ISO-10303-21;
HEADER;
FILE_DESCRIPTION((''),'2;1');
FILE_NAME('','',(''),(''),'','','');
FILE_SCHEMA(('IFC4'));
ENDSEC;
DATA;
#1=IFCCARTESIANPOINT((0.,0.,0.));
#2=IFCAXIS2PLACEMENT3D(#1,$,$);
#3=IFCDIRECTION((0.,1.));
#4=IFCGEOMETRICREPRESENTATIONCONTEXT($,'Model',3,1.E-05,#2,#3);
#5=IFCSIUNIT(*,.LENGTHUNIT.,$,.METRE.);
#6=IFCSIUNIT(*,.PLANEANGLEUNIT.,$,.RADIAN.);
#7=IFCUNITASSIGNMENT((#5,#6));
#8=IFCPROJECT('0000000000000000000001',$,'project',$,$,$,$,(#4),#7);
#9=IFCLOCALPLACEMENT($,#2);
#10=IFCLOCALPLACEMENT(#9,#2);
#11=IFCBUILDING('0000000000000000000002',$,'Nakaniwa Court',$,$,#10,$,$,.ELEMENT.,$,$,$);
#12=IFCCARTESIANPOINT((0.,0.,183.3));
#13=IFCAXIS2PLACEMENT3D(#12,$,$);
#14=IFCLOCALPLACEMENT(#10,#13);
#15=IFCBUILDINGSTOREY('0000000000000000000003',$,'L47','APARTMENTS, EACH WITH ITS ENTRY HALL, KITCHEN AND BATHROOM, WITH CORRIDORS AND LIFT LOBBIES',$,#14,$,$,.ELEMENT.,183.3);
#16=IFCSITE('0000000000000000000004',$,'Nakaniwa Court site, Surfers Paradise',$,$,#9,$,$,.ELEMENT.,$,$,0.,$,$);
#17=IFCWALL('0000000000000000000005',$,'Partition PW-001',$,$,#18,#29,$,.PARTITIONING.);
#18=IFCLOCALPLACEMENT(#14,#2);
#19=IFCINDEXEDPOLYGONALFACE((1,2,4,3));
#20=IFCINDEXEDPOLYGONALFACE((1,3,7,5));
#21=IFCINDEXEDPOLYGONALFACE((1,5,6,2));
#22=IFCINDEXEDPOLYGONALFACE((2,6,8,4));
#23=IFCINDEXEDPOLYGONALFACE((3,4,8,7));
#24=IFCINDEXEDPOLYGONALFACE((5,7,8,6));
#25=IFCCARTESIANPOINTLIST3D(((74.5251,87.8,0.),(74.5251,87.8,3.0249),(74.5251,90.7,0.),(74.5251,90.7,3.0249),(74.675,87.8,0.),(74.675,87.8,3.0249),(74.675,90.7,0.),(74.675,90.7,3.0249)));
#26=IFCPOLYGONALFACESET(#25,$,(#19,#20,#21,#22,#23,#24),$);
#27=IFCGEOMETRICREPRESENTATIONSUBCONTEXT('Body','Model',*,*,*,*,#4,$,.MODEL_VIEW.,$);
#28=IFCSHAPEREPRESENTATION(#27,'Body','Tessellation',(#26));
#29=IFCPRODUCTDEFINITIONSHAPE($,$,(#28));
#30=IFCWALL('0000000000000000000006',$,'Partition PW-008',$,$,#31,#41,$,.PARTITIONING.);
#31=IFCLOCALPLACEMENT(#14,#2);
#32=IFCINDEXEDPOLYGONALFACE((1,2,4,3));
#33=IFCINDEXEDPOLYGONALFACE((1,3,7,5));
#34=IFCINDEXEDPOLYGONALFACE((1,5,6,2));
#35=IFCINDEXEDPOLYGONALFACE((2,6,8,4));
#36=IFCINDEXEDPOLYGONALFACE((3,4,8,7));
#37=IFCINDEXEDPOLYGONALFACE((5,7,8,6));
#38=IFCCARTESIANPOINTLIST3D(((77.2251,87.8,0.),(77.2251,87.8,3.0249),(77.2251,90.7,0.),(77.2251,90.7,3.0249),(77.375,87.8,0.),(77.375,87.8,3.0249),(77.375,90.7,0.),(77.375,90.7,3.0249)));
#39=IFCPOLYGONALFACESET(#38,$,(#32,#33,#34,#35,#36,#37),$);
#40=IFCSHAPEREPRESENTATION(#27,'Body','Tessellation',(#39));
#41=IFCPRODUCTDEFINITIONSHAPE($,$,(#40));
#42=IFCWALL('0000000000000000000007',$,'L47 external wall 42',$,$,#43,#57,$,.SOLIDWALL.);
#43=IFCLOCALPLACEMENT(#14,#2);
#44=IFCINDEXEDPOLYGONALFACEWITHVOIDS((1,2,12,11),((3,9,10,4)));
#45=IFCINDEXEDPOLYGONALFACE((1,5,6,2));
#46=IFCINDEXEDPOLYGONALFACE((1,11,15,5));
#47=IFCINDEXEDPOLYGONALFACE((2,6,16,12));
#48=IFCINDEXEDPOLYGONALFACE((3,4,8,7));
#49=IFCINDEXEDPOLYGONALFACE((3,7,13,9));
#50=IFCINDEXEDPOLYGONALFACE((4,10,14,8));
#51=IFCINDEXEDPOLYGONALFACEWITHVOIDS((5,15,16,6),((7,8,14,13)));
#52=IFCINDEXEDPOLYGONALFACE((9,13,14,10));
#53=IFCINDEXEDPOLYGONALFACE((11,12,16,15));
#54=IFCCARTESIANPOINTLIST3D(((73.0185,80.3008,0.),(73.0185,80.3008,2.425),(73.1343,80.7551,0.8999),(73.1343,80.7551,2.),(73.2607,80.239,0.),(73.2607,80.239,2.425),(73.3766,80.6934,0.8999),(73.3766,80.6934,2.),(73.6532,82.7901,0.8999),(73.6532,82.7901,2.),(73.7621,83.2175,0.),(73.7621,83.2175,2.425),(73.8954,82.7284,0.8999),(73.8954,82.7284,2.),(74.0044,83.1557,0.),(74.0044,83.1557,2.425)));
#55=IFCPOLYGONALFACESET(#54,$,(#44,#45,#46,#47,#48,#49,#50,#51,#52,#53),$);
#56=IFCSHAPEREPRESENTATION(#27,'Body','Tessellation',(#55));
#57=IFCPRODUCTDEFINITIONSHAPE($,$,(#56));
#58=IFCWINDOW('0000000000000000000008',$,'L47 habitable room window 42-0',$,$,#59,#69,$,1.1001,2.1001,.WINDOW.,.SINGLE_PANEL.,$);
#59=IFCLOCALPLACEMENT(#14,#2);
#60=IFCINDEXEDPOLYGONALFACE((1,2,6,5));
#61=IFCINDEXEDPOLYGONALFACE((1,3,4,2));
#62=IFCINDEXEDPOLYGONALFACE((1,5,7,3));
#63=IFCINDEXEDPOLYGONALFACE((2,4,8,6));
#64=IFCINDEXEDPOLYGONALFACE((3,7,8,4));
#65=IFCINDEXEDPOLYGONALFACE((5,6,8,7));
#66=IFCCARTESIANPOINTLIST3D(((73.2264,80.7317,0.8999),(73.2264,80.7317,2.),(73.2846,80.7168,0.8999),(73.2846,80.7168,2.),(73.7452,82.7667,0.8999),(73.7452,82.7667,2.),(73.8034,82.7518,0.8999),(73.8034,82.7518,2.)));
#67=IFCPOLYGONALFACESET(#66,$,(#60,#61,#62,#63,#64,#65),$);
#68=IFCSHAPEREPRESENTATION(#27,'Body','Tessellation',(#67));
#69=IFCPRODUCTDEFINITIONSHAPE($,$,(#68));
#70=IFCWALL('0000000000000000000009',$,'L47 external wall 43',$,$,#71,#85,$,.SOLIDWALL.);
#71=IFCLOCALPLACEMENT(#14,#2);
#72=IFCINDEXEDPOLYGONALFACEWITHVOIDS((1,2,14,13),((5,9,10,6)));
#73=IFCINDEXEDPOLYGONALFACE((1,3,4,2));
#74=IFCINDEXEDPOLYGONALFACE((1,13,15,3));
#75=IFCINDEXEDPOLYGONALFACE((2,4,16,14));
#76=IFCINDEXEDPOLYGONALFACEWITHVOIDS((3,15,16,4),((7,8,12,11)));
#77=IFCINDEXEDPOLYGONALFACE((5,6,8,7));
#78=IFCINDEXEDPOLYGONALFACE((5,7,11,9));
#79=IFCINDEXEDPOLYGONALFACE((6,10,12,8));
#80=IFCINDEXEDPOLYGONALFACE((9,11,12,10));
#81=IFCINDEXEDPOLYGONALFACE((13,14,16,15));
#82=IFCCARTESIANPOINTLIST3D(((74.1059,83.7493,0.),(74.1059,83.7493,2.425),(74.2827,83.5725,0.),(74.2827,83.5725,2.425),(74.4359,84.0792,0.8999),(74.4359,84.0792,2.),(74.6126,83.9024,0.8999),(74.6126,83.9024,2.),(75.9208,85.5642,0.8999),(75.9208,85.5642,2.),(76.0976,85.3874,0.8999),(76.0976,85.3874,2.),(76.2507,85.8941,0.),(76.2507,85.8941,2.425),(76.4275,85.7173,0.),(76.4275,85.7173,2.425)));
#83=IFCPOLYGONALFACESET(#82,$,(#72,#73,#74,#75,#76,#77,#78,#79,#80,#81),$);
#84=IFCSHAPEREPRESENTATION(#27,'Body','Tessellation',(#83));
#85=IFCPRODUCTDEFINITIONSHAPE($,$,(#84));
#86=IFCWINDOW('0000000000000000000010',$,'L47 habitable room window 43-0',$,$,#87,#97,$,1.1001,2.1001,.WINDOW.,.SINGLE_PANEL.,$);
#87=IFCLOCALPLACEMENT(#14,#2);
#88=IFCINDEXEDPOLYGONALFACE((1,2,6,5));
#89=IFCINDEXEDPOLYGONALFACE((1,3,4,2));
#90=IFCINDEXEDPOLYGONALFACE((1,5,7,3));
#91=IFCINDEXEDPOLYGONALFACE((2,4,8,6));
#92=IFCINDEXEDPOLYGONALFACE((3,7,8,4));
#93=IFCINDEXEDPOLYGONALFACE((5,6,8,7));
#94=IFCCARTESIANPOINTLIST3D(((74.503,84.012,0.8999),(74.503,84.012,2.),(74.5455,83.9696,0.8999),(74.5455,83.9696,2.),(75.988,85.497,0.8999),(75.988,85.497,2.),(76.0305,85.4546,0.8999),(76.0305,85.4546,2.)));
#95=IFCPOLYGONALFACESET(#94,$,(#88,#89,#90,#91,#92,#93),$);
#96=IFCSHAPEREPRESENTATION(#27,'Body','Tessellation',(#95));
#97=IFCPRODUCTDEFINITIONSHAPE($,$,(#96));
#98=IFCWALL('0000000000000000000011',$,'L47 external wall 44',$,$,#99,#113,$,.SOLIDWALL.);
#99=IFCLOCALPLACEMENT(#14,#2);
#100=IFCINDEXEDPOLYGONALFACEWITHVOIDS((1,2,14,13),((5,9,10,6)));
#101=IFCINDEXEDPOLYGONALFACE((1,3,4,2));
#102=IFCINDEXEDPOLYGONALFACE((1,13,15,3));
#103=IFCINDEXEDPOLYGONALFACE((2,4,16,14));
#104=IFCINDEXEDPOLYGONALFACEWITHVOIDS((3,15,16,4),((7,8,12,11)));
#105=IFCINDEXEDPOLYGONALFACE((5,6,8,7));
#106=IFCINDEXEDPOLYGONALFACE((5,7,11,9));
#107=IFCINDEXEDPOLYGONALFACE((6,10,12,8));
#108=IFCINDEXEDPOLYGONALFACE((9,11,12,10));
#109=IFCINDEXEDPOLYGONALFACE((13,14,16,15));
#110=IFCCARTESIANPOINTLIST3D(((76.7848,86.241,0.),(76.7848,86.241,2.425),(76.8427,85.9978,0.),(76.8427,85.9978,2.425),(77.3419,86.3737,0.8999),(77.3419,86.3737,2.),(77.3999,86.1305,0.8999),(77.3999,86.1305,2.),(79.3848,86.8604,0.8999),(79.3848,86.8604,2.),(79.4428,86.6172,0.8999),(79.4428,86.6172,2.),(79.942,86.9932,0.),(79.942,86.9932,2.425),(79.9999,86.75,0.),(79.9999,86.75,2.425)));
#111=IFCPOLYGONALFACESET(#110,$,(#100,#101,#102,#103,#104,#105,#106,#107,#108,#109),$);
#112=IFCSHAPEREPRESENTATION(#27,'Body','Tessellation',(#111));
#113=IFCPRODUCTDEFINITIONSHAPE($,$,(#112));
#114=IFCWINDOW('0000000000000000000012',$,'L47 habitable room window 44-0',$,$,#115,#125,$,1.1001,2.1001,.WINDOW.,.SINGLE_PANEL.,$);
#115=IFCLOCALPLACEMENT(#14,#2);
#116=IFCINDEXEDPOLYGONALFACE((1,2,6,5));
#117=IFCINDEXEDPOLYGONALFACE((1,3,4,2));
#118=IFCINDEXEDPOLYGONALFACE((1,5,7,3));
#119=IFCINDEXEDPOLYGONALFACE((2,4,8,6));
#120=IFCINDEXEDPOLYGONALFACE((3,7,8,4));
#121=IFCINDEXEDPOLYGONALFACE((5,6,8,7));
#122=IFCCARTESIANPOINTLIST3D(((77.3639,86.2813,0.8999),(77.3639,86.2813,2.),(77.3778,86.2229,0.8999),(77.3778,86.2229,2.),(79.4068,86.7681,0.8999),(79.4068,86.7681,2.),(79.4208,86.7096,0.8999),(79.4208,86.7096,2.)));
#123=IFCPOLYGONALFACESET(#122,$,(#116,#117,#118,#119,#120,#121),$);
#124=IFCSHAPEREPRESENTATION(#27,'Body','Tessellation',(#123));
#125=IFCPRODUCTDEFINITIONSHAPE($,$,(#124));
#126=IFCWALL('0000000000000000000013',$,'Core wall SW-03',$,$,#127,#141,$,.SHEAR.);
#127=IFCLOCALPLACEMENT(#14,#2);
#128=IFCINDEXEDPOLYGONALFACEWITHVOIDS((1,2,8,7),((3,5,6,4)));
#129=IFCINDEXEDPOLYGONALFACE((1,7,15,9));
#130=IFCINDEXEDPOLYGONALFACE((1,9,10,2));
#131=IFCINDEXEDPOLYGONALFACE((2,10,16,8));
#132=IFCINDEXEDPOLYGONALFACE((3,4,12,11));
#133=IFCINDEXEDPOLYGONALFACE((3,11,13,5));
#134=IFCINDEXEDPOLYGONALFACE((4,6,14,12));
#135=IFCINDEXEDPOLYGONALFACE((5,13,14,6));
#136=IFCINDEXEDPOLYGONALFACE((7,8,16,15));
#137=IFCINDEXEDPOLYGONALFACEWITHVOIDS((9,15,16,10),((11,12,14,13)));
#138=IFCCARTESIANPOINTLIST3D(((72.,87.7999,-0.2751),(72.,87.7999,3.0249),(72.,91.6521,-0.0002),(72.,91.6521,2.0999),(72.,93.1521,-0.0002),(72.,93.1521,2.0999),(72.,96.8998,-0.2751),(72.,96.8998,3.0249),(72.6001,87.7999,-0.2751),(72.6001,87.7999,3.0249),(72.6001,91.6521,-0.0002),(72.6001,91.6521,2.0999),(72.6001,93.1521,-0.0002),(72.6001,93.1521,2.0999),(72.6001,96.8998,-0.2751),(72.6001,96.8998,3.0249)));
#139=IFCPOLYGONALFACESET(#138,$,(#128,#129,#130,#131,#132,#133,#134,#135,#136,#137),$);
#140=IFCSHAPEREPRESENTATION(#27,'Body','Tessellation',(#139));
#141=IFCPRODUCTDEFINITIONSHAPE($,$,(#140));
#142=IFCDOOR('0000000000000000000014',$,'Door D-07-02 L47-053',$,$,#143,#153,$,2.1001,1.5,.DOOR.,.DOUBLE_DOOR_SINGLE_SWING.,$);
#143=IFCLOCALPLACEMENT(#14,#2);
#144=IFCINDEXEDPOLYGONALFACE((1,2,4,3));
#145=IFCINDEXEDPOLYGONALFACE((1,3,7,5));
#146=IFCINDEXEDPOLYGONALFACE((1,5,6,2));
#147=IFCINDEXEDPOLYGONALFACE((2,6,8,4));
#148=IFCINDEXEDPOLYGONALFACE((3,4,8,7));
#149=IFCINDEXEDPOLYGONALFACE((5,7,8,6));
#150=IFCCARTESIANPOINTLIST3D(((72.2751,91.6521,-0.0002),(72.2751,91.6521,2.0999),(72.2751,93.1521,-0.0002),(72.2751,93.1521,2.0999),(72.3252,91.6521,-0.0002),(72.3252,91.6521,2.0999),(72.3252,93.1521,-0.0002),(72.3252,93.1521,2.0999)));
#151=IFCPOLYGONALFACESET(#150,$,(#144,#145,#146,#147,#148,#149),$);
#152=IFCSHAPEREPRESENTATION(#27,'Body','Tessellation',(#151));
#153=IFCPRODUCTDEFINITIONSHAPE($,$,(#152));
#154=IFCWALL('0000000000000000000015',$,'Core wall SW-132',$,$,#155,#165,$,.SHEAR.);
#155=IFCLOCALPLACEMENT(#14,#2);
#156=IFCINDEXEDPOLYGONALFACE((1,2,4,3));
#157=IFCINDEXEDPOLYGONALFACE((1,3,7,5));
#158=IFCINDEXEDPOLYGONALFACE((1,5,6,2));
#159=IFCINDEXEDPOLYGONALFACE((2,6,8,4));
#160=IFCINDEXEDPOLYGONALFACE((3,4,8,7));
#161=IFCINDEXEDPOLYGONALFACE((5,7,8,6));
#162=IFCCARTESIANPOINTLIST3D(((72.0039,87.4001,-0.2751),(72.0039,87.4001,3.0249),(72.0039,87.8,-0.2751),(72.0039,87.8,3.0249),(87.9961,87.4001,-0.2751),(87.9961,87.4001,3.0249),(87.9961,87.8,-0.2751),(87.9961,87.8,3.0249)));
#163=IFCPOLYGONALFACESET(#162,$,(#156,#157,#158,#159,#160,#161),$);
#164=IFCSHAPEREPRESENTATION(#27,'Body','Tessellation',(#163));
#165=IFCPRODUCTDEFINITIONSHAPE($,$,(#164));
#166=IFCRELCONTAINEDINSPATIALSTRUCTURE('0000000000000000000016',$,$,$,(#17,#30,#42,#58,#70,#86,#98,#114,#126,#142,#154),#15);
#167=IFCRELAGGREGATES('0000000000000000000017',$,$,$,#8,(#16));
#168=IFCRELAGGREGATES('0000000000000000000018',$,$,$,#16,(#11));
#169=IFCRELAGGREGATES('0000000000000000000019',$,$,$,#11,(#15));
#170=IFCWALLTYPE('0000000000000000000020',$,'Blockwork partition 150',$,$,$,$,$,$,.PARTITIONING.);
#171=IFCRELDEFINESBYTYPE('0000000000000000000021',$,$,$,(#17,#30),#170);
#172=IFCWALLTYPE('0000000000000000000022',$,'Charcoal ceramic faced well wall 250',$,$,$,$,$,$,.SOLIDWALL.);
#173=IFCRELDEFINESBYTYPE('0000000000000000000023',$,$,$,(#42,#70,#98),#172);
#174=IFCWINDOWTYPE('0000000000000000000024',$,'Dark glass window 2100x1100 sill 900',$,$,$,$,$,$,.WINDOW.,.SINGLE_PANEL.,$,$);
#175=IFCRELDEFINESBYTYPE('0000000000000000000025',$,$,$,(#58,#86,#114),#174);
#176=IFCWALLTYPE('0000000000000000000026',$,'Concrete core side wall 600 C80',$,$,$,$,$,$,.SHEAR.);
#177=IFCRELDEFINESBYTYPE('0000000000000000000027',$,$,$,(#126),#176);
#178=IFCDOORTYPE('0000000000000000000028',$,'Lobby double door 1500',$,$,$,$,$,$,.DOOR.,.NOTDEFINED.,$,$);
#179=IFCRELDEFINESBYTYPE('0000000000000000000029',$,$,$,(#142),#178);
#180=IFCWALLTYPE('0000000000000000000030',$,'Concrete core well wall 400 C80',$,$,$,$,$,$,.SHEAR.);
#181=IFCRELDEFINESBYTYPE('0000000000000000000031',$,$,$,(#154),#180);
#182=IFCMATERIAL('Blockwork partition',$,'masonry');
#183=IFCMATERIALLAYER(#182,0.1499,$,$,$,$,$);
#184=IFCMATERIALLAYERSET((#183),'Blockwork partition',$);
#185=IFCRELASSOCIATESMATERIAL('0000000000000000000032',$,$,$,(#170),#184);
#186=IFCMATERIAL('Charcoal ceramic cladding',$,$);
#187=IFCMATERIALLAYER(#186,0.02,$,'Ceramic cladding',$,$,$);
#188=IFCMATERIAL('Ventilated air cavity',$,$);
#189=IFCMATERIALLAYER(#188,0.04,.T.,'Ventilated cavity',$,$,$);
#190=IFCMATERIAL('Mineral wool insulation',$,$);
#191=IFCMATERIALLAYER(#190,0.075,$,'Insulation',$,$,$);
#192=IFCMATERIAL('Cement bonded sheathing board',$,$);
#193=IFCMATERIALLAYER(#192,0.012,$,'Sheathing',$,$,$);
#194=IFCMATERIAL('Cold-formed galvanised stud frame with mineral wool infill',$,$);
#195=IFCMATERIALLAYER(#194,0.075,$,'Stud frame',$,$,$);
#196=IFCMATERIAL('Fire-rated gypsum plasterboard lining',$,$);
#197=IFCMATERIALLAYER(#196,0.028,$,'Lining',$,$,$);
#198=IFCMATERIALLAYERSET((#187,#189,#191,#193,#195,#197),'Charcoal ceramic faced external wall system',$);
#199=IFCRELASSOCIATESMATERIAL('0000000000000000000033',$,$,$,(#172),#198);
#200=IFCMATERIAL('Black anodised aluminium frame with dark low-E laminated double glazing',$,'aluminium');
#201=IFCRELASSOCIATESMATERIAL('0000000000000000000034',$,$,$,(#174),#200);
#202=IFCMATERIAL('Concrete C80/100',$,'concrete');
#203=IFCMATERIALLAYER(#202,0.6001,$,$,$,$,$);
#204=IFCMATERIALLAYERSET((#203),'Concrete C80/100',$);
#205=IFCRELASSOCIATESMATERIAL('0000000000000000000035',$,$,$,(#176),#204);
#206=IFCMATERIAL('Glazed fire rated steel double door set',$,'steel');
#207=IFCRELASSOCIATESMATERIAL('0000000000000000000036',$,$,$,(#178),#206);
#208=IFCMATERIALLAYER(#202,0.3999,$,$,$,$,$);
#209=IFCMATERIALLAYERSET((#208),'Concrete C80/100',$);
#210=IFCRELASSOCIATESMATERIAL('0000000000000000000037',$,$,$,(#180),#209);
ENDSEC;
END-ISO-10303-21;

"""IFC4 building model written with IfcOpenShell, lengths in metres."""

from ifc_helpers import new_model, si_unit, direction, frame, frame_2d, origin, place, context, subcontext, project, spatial, rectangle, extrude, material, layer, layer_set, type_object, element, fill, save


model = new_model("IFC4")

# Units and contexts
model_context = context("Model", 3, precision=1e-05, world=origin(), true_north=direction((0.0, 1.0)))
body_context = subcontext(model_context, "Body", "Model", "MODEL_VIEW")
ifc_project = project(units=[si_unit("LENGTHUNIT", "METRE"), si_unit("PLANEANGLEUNIT", "RADIAN")], contexts=[model_context])

# Site, building, storey
site_placement = place(None, origin())
site = spatial("IfcSite", under=ifc_project, at=site_placement, Name="Nakaniwa Court site, Surfers Paradise", CompositionType="ELEMENT", RefElevation=0.0)
building_placement = place(site_placement, origin())
building = spatial("IfcBuilding", under=site, at=building_placement, Name="Nakaniwa Court", CompositionType="ELEMENT")
storey_placement = place(building_placement, frame((0.0, 0.0, 183.3)))
storey = spatial("IfcBuildingStorey", under=building, at=storey_placement, Name="L47", Description="APARTMENTS, EACH WITH ITS ENTRY HALL, KITCHEN AND BATHROOM, WITH CORRIDORS AND LIFT LOBBIES", CompositionType="ELEMENT", Elevation=183.3)

# Shared definitions
ifc_material_1 = material(Name="Concrete C80/100", Category="concrete")

# Walls
ifc_material_2 = material(Name="Blockwork partition", Category="masonry")
ifc_layer_1 = layer(ifc_material_2, 0.1499)
ifc_layer_set_1 = layer_set([ifc_layer_1], Name="Blockwork partition")
wall_type_1 = type_object("IfcWallType", Name="Blockwork partition 150", PredefinedType="PARTITIONING", material=ifc_layer_set_1)
for number, where, z_axis, x_axis, name in (
    (1, (74.6001, 87.8, 0.0), (0.0, 0.0, 1.0), (0.0, 1.0, 0.0), "Partition PW-001"),
    (2, (77.3, 87.8, 0.0), (0.0, 0.0, 1.0), (0.0, 1.0, 0.0), "Partition PW-008"),
):
    element("IfcWall", number, at=place(storey_placement, frame(where, z_axis=z_axis, x_axis=x_axis)), inside=storey, type_object=wall_type_1, Name=name, PredefinedType="PARTITIONING", context=body_context, shape_type="SweptSolid", body=[
        extrude(rectangle(XDim=2.8999, YDim=0.1499, at=frame_2d((1.45, 0.0))), origin(), (0.0, 0.0, 1.0), 3.0249),
    ])

# Walls, openings, windows
ifc_material_3 = material(Name="Charcoal ceramic cladding")
ifc_layer_2 = layer(ifc_material_3, 0.02, Name="Ceramic cladding")
ifc_material_4 = material(Name="Ventilated air cavity")
ifc_layer_3 = layer(ifc_material_4, 0.04, ventilated=True, Name="Ventilated cavity")
ifc_material_5 = material(Name="Mineral wool insulation")
ifc_layer_4 = layer(ifc_material_5, 0.075, Name="Insulation")
ifc_material_6 = material(Name="Cement bonded sheathing board")
ifc_layer_5 = layer(ifc_material_6, 0.012, Name="Sheathing")
ifc_material_7 = material(Name="Cold-formed galvanised stud frame with mineral wool infill")
ifc_layer_6 = layer(ifc_material_7, 0.075, Name="Stud frame")
ifc_material_8 = material(Name="Fire-rated gypsum plasterboard lining")
ifc_layer_7 = layer(ifc_material_8, 0.028, Name="Lining")
ifc_layer_set_2 = layer_set([ifc_layer_2, ifc_layer_3, ifc_layer_4, ifc_layer_5, ifc_layer_6, ifc_layer_7], Name="Charcoal ceramic faced external wall system")
wall_type_2 = type_object("IfcWallType", Name="Charcoal ceramic faced well wall 250", PredefinedType="SOLIDWALL", material=ifc_layer_set_2)
wall_1_placement = place(storey_placement, frame((73.1396, 80.27, 0.0), z_axis=(0.0, 0.0, 1.0), x_axis=(0.247056, 0.969001, 0.0)))
wall_1 = element("IfcWall", 3, at=wall_1_placement, inside=storey, type_object=wall_type_2, Name="L47 external wall 42", PredefinedType="SOLIDWALL", context=body_context, shape_type="SweptSolid", body=[
    extrude(rectangle(XDim=3.01, YDim=0.25, at=frame_2d((1.5049, 0.0))), origin(), (0.0, 0.0, 1.0), 2.425),
])
opening_1_placement = place(wall_1_placement, frame((0.4688, 0.0, 0.8999)))
opening_1 = element("IfcOpeningElement", 4, at=opening_1_placement, cuts=wall_1, PredefinedType="OPENING", context=body_context, shape_type="SweptSolid", body=[
    extrude(rectangle(XDim=2.1001, YDim=1.1001, at=frame_2d((1.05, 0.55))), frame((0.0, 0.135, 0.0), z_axis=(0.0, -1.0, 0.0), x_axis=(1.0, 0.0, 0.0)), (0.0, 0.0, 1.0), 0.27),
])
ifc_material_9 = material(Name="Black anodised aluminium frame with dark low-E laminated double glazing", Category="aluminium")
window_type = type_object("IfcWindowType", Name="Dark glass window 2100x1100 sill 900", PartitioningType="SINGLE_PANEL", PredefinedType="WINDOW", material=ifc_material_9)
window_1_placement = place(opening_1_placement, origin())
window_1 = element("IfcWindow", 5, at=window_1_placement, inside=storey, type_object=window_type, Name="L47 habitable room window 42-0", OverallHeight=1.1001, OverallWidth=2.1001, PartitioningType="SINGLE_PANEL", PredefinedType="WINDOW", context=body_context, shape_type="SweptSolid", body=[
    extrude(rectangle(XDim=2.1001, YDim=1.1001, at=frame_2d((1.05, 0.55))), frame((0.0, 0.03, 0.0), z_axis=(0.0, -1.0, 0.0), x_axis=(1.0, 0.0, 0.0)), (0.0, 0.0, 1.0), 0.0601),
])
fill(opening_1, window_1)
wall_2_placement = place(storey_placement, frame((74.1943, 83.6609, 0.0), z_axis=(0.0, 0.0, 1.0), x_axis=(0.707107, 0.707107, 0.0)))
wall_2 = element("IfcWall", 6, at=wall_2_placement, inside=storey, type_object=wall_type_2, Name="L47 external wall 43", PredefinedType="SOLIDWALL", context=body_context, shape_type="SweptSolid", body=[
    extrude(rectangle(XDim=3.0332, YDim=0.25, at=frame_2d((1.5166, 0.0))), origin(), (0.0, 0.0, 1.0), 2.425),
])
opening_2_placement = place(wall_2_placement, frame((0.4666, 0.0, 0.8999)))
opening_2 = element("IfcOpeningElement", 7, at=opening_2_placement, cuts=wall_2, PredefinedType="OPENING", context=body_context, shape_type="SweptSolid", body=[
    extrude(rectangle(XDim=2.1001, YDim=1.1001, at=frame_2d((1.05, 0.55))), frame((0.0, 0.135, 0.0), z_axis=(0.0, -1.0, 0.0), x_axis=(1.0, 0.0, 0.0)), (0.0, 0.0, 1.0), 0.27),
])
window_2_placement = place(opening_2_placement, origin())
window_2 = element("IfcWindow", 8, at=window_2_placement, inside=storey, type_object=window_type, Name="L47 habitable room window 43-0", OverallHeight=1.1001, OverallWidth=2.1001, PartitioningType="SINGLE_PANEL", PredefinedType="WINDOW", context=body_context, shape_type="SweptSolid", body=[
    extrude(rectangle(XDim=2.1001, YDim=1.1001, at=frame_2d((1.05, 0.55))), frame((0.0, 0.03, 0.0), z_axis=(0.0, -1.0, 0.0), x_axis=(1.0, 0.0, 0.0)), (0.0, 0.0, 1.0), 0.0601),
])
fill(opening_2, window_2)
wall_3_placement = place(storey_placement, frame((76.8137, 86.1194, 0.0), z_axis=(0.0, 0.0, 1.0), x_axis=(0.972773, 0.23176, 0.0)))
wall_3 = element("IfcWall", 9, at=wall_3_placement, inside=storey, type_object=wall_type_2, Name="L47 external wall 44", PredefinedType="SOLIDWALL", context=body_context, shape_type="SweptSolid", body=[
    extrude(rectangle(XDim=3.2456, YDim=0.25, at=frame_2d((1.6228, 0.0))), origin(), (0.0, 0.0, 1.0), 2.425),
])
opening_3_placement = place(wall_3_placement, frame((0.5728, 0.0, 0.8999)))
opening_3 = element("IfcOpeningElement", 10, at=opening_3_placement, cuts=wall_3, PredefinedType="OPENING", context=body_context, shape_type="SweptSolid", body=[
    extrude(rectangle(XDim=2.1001, YDim=1.1001, at=frame_2d((1.05, 0.55))), frame((0.0, 0.135, 0.0), z_axis=(0.0, -1.0, 0.0), x_axis=(1.0, 0.0, 0.0)), (0.0, 0.0, 1.0), 0.27),
])
window_3_placement = place(opening_3_placement, origin())
window_3 = element("IfcWindow", 11, at=window_3_placement, inside=storey, type_object=window_type, Name="L47 habitable room window 44-0", OverallHeight=1.1001, OverallWidth=2.1001, PartitioningType="SINGLE_PANEL", PredefinedType="WINDOW", context=body_context, shape_type="SweptSolid", body=[
    extrude(rectangle(XDim=2.1001, YDim=1.1001, at=frame_2d((1.05, 0.55))), frame((0.0, 0.03, 0.0), z_axis=(0.0, -1.0, 0.0), x_axis=(1.0, 0.0, 0.0)), (0.0, 0.0, 1.0), 0.0601),
])
fill(opening_3, window_3)

# Wall, opening, door
ifc_layer_8 = layer(ifc_material_1, 0.6001)
ifc_layer_set_3 = layer_set([ifc_layer_8], Name="Concrete C80/100")
wall_type_3 = type_object("IfcWallType", Name="Concrete core side wall 600 C80", PredefinedType="SHEAR", material=ifc_layer_set_3)
wall_4_placement = place(storey_placement, frame((72.3, 87.8, -0.2751), z_axis=(0.0, 0.0, 1.0), x_axis=(0.0, 1.0, 0.0)))
wall_4 = element("IfcWall", 12, at=wall_4_placement, inside=storey, type_object=wall_type_3, Name="Core wall SW-03", PredefinedType="SHEAR", context=body_context, shape_type="SweptSolid", body=[
    extrude(rectangle(XDim=9.0999, YDim=0.6001, at=frame_2d((4.5498, 0.0))), origin(), (0.0, 0.0, 1.0), 3.3),
])
opening_4_placement = place(wall_4_placement, frame((3.8521, 0.0, 0.2749)))
opening_4 = element("IfcOpeningElement", 13, at=opening_4_placement, cuts=wall_4, PredefinedType="OPENING", context=body_context, shape_type="SweptSolid", body=[
    extrude(rectangle(XDim=1.5, YDim=2.1001, at=frame_2d((0.75, 1.05))), frame((0.0, 0.3101, 0.0), z_axis=(0.0, -1.0, 0.0), x_axis=(1.0, 0.0, 0.0)), (0.0, 0.0, 1.0), 0.6201),
])
ifc_material_10 = material(Name="Glazed fire rated steel double door set", Category="steel")
door_type = type_object("IfcDoorType", Name="Lobby double door 1500", OperationType="NOTDEFINED", PredefinedType="DOOR", material=ifc_material_10)
door_placement = place(opening_4_placement, origin())
door = element("IfcDoor", 14, at=door_placement, inside=storey, type_object=door_type, Name="Door D-07-02 L47-053", OperationType="DOUBLE_DOOR_SINGLE_SWING", OverallHeight=2.1001, OverallWidth=1.5, PredefinedType="DOOR", context=body_context, shape_type="SweptSolid", body=[
    extrude(rectangle(XDim=1.5, YDim=2.1001, at=frame_2d((0.75, 1.05))), frame((0.0, 0.0249, 0.0), z_axis=(0.0, -1.0, 0.0), x_axis=(1.0, 0.0, 0.0)), (0.0, 0.0, 1.0), 0.05),
])
fill(opening_4, door)

# Wall
ifc_layer_9 = layer(ifc_material_1, 0.3999)
ifc_layer_set_4 = layer_set([ifc_layer_9], Name="Concrete C80/100")
wall_type_4 = type_object("IfcWallType", Name="Concrete core well wall 400 C80", PredefinedType="SHEAR", material=ifc_layer_set_4)
wall_5_placement = place(storey_placement, frame((72.0039, 87.6001, -0.2751), z_axis=(0.0, 0.0, 1.0), x_axis=(1.0, 0.0, 0.0)))
element("IfcWall", 15, at=wall_5_placement, inside=storey, type_object=wall_type_4, Name="Core wall SW-132", PredefinedType="SHEAR", context=body_context, shape_type="SweptSolid", body=[
    extrude(rectangle(XDim=15.9922, YDim=0.3999, at=frame_2d((7.9961, 0.0))), origin(), (0.0, 0.0, 1.0), 3.3),
])

save(model, "model.ifc")
